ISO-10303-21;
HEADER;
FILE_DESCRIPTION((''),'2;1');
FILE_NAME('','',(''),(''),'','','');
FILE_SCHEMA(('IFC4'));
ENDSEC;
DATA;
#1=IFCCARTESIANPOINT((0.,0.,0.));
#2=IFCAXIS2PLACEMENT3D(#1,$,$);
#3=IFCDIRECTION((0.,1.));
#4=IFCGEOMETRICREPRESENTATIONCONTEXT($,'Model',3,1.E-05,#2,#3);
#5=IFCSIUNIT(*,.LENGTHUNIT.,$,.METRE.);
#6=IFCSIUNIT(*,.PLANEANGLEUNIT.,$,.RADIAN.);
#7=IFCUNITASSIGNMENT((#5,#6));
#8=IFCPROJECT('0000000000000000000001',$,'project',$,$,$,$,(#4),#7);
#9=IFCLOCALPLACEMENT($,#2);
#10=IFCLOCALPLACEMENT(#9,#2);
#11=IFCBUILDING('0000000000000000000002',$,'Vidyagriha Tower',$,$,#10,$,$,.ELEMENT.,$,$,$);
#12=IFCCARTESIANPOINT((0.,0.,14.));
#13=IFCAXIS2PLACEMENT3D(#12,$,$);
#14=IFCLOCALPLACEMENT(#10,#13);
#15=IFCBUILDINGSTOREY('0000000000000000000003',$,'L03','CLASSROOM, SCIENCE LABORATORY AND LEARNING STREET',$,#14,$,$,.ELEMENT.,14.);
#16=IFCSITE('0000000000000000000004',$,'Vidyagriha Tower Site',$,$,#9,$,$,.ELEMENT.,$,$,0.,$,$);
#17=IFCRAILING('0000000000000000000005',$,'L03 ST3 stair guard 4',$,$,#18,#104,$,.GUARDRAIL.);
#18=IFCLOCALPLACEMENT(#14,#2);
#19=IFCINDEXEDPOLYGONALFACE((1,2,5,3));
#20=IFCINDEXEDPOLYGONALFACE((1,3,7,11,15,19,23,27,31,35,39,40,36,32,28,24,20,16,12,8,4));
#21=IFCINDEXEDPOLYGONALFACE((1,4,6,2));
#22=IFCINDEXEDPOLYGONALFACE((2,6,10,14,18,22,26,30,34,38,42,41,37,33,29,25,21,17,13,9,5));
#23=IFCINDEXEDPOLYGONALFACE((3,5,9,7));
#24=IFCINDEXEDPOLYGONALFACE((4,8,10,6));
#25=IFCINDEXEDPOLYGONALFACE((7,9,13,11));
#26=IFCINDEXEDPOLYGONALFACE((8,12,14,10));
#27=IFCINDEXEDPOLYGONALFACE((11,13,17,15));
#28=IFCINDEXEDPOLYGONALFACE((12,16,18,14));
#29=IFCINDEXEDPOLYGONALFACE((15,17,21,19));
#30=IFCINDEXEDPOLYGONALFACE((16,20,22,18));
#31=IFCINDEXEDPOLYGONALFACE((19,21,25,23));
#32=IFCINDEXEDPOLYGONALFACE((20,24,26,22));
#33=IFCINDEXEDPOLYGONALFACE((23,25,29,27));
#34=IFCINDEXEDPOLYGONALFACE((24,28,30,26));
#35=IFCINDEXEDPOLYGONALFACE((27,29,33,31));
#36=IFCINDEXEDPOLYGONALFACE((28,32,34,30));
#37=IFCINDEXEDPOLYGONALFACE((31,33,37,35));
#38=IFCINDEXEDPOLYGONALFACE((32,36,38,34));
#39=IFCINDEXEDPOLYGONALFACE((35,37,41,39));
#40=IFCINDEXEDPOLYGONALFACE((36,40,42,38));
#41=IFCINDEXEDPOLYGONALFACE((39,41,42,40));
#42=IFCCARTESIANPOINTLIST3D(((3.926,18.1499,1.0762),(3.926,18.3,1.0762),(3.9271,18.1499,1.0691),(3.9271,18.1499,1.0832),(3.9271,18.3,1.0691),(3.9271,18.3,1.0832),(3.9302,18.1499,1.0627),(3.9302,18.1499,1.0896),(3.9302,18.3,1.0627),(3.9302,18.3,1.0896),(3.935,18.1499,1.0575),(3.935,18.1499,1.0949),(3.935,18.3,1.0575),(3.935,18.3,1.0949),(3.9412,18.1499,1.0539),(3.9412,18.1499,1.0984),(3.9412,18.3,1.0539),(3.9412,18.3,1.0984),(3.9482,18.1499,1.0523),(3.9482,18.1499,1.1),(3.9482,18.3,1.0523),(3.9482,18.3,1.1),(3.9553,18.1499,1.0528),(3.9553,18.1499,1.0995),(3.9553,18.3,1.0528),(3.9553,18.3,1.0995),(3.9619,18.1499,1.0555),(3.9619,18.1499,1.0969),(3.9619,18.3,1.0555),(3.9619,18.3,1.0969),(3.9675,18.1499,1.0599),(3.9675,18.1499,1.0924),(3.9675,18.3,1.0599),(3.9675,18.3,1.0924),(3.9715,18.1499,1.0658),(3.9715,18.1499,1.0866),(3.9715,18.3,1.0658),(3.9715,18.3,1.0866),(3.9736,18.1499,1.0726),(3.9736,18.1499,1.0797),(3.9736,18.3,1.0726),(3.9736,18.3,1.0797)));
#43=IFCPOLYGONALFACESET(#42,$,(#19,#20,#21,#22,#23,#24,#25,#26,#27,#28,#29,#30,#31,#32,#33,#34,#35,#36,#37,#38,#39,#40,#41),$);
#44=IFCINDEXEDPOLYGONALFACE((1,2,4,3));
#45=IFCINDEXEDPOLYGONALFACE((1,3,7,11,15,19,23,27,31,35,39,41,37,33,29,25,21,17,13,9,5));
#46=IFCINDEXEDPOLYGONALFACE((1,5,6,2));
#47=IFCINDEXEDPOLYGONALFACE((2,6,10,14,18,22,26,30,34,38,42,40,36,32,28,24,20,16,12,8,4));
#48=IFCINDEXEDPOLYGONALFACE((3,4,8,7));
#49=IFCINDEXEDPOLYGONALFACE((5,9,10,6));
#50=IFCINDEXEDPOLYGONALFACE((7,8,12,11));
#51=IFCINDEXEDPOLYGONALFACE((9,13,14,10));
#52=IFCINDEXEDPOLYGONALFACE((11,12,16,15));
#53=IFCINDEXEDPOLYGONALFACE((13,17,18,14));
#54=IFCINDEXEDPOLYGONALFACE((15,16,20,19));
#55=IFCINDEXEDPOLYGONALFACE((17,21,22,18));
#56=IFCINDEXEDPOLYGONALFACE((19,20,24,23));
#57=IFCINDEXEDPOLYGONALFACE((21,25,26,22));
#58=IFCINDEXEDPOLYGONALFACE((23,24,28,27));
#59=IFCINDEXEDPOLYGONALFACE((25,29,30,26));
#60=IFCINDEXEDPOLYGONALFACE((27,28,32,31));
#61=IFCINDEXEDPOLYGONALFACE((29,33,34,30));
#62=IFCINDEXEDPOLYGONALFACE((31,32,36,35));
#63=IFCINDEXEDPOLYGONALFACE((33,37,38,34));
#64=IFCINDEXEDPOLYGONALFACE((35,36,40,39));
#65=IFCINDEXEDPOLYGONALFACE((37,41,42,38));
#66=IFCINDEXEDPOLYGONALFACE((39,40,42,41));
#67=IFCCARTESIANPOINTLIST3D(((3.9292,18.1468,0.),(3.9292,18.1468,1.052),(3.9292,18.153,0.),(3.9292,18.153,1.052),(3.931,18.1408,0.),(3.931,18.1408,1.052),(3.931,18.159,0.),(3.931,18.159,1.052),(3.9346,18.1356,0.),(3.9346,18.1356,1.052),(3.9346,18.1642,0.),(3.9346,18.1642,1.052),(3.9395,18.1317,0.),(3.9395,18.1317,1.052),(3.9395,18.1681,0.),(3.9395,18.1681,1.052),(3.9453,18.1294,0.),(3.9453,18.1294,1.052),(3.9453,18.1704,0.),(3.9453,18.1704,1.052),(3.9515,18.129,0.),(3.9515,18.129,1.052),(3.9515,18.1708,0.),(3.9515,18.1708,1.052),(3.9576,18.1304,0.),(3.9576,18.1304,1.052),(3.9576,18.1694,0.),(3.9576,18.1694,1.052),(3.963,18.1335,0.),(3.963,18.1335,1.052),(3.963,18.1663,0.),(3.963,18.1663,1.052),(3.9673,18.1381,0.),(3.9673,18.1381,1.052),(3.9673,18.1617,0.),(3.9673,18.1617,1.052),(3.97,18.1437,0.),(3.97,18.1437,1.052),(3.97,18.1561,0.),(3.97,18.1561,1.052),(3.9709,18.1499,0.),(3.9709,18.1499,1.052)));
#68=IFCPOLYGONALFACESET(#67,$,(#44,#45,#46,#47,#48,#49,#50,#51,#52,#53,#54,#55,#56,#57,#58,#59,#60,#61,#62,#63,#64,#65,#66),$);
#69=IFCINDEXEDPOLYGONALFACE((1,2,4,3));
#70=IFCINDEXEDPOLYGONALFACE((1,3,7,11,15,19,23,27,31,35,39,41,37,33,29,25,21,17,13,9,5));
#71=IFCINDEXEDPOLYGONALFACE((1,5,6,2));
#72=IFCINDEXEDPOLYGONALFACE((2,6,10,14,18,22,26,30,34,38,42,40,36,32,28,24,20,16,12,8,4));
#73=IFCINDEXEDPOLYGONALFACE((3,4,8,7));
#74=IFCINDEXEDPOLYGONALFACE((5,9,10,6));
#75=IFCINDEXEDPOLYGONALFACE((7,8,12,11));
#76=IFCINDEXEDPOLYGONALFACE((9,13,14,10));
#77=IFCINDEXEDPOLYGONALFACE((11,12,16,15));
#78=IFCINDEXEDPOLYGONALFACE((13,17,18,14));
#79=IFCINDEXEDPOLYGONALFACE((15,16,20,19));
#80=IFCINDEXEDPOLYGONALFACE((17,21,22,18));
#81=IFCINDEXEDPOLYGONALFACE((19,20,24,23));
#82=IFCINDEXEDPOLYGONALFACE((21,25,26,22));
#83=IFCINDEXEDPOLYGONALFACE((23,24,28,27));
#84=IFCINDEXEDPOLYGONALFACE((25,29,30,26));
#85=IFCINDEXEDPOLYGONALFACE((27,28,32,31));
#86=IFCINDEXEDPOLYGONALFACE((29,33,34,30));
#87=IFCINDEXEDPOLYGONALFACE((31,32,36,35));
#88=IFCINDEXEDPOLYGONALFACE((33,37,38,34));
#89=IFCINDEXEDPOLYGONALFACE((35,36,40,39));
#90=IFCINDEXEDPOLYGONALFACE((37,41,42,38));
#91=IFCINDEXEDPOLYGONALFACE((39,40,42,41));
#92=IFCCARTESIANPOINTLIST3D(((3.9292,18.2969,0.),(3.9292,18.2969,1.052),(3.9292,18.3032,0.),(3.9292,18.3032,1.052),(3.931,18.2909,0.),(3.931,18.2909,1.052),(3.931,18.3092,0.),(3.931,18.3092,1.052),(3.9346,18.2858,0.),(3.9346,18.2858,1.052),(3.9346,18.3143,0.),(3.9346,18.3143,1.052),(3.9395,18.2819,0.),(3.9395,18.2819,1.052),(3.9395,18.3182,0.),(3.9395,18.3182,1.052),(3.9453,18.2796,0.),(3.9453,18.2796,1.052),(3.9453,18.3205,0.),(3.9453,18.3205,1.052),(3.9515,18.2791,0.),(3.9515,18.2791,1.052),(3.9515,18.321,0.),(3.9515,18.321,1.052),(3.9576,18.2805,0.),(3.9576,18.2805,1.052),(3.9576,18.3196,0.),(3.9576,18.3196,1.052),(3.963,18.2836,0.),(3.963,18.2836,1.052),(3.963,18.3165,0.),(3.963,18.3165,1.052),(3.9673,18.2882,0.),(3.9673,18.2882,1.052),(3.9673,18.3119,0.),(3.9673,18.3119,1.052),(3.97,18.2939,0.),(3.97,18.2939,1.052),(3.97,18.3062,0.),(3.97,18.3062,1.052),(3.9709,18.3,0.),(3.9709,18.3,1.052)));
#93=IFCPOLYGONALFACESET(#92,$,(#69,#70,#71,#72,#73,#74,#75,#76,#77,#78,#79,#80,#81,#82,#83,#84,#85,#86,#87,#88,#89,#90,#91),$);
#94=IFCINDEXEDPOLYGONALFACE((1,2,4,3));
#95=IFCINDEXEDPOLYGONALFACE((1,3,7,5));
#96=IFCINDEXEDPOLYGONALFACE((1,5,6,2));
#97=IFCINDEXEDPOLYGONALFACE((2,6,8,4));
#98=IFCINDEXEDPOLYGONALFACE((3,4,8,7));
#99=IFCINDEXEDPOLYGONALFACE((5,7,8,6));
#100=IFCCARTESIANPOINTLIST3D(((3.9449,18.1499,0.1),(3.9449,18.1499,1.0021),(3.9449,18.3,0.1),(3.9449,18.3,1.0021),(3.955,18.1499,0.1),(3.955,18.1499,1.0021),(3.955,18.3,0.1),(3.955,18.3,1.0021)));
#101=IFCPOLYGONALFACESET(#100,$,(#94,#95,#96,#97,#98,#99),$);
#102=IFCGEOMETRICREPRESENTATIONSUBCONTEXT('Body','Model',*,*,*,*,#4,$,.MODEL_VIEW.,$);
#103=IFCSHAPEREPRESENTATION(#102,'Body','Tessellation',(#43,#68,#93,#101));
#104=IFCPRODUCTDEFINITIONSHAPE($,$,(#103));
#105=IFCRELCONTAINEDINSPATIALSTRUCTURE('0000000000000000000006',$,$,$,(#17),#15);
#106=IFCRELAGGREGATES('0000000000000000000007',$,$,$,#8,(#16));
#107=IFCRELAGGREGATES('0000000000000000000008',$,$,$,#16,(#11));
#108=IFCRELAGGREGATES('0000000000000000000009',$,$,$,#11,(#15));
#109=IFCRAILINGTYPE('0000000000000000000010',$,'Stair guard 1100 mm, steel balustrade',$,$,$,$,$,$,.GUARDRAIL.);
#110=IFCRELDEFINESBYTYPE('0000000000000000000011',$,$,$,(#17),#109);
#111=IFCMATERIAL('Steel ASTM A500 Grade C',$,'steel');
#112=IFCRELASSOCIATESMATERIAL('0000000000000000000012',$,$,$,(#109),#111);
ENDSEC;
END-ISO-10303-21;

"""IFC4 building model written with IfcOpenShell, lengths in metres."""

from ifc_helpers import new_model, si_unit, direction, frame, origin, origin_2d, place, context, subcontext, project, spatial, rectangle, circle, extrude, material, type_object, element, save


model = new_model("IFC4")

# Units and contexts
model_context = context("Model", 3, precision=1e-05, world=origin(), true_north=direction((0.0, 1.0)))
body_context = subcontext(model_context, "Body", "Model", "MODEL_VIEW")
ifc_project = project(units=[si_unit("LENGTHUNIT", "METRE"), si_unit("PLANEANGLEUNIT", "RADIAN")], contexts=[model_context])

# Site, building, storey
site_placement = place(None, origin())
site = spatial("IfcSite", under=ifc_project, at=site_placement, Name="Vidyagriha Tower Site", CompositionType="ELEMENT", RefElevation=0.0)
building_placement = place(site_placement, origin())
building = spatial("IfcBuilding", under=site, at=building_placement, Name="Vidyagriha Tower", CompositionType="ELEMENT")
storey_placement = place(building_placement, frame((0.0, 0.0, 14.0)))
storey = spatial("IfcBuildingStorey", under=building, at=storey_placement, Name="L03", Description="CLASSROOM, SCIENCE LABORATORY AND LEARNING STREET", CompositionType="ELEMENT", Elevation=14.0)

# Railing
ifc_material_1 = material(Name="Steel ASTM A500 Grade C", Category="steel")
railing_type_1 = type_object("IfcRailingType", Name="Stair guard 1100 mm, steel balustrade", PredefinedType="GUARDRAIL", material=ifc_material_1)
railing_1_placement = place(storey_placement, frame((3.95, 18.1499, 0.0)))
element("IfcRailing", 1, at=railing_1_placement, inside=storey, type_object=railing_type_1, Name="L03 ST3 stair guard 4", PredefinedType="GUARDRAIL", context=body_context, shape_type="SweptSolid", body=[
    extrude(circle(Radius=0.0239, at=origin_2d()), frame((0.0, 0.0, 1.0762), z_axis=(0.0, 1.0, 0.0), x_axis=(-1.0, 0.0, 0.0)), (0.0, 0.0, 1.0), 0.1501),
    extrude(circle(Radius=0.021, at=origin_2d()), origin(), (0.0, 0.0, 1.0), 1.052),
    extrude(circle(Radius=0.021, at=origin_2d()), frame((0.0, 0.1501, 0.0)), (0.0, 0.0, 1.0), 1.052),
    extrude(rectangle(XDim=0.01, YDim=0.9021, at=origin_2d()), frame((0.0, 0.0, 0.551), z_axis=(0.0, 1.0, 0.0), x_axis=(-1.0, 0.0, 0.0)), (0.0, 0.0, 1.0), 0.1501),
])

save(model, "model.ifc")
